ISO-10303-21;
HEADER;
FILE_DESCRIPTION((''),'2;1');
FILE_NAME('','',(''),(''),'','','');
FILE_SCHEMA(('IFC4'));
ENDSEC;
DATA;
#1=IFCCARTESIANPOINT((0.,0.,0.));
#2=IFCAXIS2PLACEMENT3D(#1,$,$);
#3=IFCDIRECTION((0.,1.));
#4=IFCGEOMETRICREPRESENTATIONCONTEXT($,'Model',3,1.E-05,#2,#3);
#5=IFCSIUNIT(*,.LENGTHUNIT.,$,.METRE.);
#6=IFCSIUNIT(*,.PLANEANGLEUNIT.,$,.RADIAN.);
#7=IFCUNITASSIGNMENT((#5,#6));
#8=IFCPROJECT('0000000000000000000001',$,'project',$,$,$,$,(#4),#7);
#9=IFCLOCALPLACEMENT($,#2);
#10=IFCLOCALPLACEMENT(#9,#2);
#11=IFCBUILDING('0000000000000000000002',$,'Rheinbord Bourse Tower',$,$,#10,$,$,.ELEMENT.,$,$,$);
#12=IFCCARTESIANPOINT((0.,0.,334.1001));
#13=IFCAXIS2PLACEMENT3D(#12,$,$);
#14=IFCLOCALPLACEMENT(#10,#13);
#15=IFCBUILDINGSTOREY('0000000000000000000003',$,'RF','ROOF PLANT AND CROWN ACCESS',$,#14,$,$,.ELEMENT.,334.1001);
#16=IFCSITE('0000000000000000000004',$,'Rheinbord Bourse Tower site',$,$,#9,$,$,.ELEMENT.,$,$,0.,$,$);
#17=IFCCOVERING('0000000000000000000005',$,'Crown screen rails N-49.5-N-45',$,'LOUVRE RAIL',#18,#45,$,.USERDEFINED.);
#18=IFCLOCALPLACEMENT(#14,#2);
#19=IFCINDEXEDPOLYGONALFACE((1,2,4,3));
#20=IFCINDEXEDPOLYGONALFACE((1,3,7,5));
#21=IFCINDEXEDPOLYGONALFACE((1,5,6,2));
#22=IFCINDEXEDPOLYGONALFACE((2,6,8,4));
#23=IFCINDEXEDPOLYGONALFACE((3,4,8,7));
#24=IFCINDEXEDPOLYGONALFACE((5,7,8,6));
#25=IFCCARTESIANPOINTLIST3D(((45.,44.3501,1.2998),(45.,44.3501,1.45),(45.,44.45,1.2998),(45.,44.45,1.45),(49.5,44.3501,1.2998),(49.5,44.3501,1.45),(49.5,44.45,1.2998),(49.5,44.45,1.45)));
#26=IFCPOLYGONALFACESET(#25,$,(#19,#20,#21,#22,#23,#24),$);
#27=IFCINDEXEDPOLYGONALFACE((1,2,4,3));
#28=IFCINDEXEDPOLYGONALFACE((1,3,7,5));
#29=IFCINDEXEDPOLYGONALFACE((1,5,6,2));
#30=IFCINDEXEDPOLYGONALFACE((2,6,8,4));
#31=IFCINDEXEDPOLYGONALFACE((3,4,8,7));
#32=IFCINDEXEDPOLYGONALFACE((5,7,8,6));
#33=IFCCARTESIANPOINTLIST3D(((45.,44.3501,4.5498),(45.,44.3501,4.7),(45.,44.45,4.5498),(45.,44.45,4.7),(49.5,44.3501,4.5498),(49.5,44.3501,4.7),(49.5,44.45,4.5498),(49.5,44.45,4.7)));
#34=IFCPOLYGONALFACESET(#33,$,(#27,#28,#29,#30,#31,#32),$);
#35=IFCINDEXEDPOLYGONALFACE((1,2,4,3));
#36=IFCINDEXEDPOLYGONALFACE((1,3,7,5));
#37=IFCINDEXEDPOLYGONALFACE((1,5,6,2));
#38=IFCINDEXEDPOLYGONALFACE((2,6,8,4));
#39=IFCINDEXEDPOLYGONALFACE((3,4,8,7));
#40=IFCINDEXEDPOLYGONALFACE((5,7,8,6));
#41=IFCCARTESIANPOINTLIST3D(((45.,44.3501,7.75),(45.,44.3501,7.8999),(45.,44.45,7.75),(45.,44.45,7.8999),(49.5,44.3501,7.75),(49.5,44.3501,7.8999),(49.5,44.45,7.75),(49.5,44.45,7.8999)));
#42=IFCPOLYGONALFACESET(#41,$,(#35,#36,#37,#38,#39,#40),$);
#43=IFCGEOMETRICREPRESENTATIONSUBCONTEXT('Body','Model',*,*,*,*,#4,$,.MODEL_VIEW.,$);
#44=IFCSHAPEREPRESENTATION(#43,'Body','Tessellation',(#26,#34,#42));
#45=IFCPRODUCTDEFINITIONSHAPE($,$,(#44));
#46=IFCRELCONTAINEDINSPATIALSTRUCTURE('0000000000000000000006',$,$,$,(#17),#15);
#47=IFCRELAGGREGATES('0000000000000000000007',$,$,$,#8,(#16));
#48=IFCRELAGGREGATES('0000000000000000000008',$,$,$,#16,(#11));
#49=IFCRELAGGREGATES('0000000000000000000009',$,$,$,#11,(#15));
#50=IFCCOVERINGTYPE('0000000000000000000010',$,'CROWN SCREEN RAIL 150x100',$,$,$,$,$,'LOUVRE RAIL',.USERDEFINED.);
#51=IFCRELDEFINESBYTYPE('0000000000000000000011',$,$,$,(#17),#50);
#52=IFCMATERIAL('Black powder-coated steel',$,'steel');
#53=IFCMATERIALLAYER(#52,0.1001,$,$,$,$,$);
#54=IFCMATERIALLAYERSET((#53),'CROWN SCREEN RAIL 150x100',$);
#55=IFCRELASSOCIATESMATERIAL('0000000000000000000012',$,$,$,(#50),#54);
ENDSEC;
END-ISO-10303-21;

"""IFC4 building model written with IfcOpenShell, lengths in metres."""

from ifc_helpers import new_model, si_unit, direction, frame, origin, place, context, subcontext, project, spatial, polyline, outline, extrude, material, layer, layer_set, type_object, element, save


model = new_model("IFC4")

# Units and contexts
model_context = context("Model", 3, precision=1e-05, world=origin(), true_north=direction((0.0, 1.0)))
body_context = subcontext(model_context, "Body", "Model", "MODEL_VIEW")
ifc_project = project(units=[si_unit("LENGTHUNIT", "METRE"), si_unit("PLANEANGLEUNIT", "RADIAN")], contexts=[model_context])

# Site, building, storey
site_placement = place(None, origin())
site = spatial("IfcSite", under=ifc_project, at=site_placement, Name="Rheinbord Bourse Tower site", CompositionType="ELEMENT", RefElevation=0.0)
building_placement = place(site_placement, origin())
building = spatial("IfcBuilding", under=site, at=building_placement, Name="Rheinbord Bourse Tower", CompositionType="ELEMENT")
storey_placement = place(building_placement, frame((0.0, 0.0, 334.1001)))
storey = spatial("IfcBuildingStorey", under=building, at=storey_placement, Name="RF", Description="ROOF PLANT AND CROWN ACCESS", CompositionType="ELEMENT", Elevation=334.1001)

# Covering
ifc_material_1 = material(Name="Black powder-coated steel", Category="steel")
ifc_layer_1 = layer(ifc_material_1, 0.1001)
ifc_layer_set_1 = layer_set([ifc_layer_1], Name="CROWN SCREEN RAIL 150x100")
covering_type_1 = type_object("IfcCoveringType", Name="CROWN SCREEN RAIL 150x100", ElementType="LOUVRE RAIL", PredefinedType="USERDEFINED", material=ifc_layer_set_1)
covering_1_placement = place(storey_placement, frame((0.0, 0.0, 1.2998)))
element("IfcCovering", 1, at=covering_1_placement, inside=storey, type_object=covering_type_1, Name="Crown screen rails N-49.5-N-45", ObjectType="LOUVRE RAIL", PredefinedType="USERDEFINED", context=body_context, shape_type="SweptSolid", body=[
    extrude(outline(polyline([(49.5, 44.3501), (45.0, 44.3501), (45.0, 44.45), (49.5, 44.45), (49.5, 44.3501)])), origin(), (0.0, 0.0, 1.0), 0.1501),
    extrude(outline(polyline([(49.5, 44.3501), (45.0, 44.3501), (45.0, 44.45), (49.5, 44.45), (49.5, 44.3501)])), frame((0.0, 0.0, 3.25)), (0.0, 0.0, 1.0), 0.1501),
    extrude(outline(polyline([(49.5, 44.3501), (45.0, 44.3501), (45.0, 44.45), (49.5, 44.45), (49.5, 44.3501)])), frame((0.0, 0.0, 6.4502)), (0.0, 0.0, 1.0), 0.1499),
])

save(model, "model.ifc")
